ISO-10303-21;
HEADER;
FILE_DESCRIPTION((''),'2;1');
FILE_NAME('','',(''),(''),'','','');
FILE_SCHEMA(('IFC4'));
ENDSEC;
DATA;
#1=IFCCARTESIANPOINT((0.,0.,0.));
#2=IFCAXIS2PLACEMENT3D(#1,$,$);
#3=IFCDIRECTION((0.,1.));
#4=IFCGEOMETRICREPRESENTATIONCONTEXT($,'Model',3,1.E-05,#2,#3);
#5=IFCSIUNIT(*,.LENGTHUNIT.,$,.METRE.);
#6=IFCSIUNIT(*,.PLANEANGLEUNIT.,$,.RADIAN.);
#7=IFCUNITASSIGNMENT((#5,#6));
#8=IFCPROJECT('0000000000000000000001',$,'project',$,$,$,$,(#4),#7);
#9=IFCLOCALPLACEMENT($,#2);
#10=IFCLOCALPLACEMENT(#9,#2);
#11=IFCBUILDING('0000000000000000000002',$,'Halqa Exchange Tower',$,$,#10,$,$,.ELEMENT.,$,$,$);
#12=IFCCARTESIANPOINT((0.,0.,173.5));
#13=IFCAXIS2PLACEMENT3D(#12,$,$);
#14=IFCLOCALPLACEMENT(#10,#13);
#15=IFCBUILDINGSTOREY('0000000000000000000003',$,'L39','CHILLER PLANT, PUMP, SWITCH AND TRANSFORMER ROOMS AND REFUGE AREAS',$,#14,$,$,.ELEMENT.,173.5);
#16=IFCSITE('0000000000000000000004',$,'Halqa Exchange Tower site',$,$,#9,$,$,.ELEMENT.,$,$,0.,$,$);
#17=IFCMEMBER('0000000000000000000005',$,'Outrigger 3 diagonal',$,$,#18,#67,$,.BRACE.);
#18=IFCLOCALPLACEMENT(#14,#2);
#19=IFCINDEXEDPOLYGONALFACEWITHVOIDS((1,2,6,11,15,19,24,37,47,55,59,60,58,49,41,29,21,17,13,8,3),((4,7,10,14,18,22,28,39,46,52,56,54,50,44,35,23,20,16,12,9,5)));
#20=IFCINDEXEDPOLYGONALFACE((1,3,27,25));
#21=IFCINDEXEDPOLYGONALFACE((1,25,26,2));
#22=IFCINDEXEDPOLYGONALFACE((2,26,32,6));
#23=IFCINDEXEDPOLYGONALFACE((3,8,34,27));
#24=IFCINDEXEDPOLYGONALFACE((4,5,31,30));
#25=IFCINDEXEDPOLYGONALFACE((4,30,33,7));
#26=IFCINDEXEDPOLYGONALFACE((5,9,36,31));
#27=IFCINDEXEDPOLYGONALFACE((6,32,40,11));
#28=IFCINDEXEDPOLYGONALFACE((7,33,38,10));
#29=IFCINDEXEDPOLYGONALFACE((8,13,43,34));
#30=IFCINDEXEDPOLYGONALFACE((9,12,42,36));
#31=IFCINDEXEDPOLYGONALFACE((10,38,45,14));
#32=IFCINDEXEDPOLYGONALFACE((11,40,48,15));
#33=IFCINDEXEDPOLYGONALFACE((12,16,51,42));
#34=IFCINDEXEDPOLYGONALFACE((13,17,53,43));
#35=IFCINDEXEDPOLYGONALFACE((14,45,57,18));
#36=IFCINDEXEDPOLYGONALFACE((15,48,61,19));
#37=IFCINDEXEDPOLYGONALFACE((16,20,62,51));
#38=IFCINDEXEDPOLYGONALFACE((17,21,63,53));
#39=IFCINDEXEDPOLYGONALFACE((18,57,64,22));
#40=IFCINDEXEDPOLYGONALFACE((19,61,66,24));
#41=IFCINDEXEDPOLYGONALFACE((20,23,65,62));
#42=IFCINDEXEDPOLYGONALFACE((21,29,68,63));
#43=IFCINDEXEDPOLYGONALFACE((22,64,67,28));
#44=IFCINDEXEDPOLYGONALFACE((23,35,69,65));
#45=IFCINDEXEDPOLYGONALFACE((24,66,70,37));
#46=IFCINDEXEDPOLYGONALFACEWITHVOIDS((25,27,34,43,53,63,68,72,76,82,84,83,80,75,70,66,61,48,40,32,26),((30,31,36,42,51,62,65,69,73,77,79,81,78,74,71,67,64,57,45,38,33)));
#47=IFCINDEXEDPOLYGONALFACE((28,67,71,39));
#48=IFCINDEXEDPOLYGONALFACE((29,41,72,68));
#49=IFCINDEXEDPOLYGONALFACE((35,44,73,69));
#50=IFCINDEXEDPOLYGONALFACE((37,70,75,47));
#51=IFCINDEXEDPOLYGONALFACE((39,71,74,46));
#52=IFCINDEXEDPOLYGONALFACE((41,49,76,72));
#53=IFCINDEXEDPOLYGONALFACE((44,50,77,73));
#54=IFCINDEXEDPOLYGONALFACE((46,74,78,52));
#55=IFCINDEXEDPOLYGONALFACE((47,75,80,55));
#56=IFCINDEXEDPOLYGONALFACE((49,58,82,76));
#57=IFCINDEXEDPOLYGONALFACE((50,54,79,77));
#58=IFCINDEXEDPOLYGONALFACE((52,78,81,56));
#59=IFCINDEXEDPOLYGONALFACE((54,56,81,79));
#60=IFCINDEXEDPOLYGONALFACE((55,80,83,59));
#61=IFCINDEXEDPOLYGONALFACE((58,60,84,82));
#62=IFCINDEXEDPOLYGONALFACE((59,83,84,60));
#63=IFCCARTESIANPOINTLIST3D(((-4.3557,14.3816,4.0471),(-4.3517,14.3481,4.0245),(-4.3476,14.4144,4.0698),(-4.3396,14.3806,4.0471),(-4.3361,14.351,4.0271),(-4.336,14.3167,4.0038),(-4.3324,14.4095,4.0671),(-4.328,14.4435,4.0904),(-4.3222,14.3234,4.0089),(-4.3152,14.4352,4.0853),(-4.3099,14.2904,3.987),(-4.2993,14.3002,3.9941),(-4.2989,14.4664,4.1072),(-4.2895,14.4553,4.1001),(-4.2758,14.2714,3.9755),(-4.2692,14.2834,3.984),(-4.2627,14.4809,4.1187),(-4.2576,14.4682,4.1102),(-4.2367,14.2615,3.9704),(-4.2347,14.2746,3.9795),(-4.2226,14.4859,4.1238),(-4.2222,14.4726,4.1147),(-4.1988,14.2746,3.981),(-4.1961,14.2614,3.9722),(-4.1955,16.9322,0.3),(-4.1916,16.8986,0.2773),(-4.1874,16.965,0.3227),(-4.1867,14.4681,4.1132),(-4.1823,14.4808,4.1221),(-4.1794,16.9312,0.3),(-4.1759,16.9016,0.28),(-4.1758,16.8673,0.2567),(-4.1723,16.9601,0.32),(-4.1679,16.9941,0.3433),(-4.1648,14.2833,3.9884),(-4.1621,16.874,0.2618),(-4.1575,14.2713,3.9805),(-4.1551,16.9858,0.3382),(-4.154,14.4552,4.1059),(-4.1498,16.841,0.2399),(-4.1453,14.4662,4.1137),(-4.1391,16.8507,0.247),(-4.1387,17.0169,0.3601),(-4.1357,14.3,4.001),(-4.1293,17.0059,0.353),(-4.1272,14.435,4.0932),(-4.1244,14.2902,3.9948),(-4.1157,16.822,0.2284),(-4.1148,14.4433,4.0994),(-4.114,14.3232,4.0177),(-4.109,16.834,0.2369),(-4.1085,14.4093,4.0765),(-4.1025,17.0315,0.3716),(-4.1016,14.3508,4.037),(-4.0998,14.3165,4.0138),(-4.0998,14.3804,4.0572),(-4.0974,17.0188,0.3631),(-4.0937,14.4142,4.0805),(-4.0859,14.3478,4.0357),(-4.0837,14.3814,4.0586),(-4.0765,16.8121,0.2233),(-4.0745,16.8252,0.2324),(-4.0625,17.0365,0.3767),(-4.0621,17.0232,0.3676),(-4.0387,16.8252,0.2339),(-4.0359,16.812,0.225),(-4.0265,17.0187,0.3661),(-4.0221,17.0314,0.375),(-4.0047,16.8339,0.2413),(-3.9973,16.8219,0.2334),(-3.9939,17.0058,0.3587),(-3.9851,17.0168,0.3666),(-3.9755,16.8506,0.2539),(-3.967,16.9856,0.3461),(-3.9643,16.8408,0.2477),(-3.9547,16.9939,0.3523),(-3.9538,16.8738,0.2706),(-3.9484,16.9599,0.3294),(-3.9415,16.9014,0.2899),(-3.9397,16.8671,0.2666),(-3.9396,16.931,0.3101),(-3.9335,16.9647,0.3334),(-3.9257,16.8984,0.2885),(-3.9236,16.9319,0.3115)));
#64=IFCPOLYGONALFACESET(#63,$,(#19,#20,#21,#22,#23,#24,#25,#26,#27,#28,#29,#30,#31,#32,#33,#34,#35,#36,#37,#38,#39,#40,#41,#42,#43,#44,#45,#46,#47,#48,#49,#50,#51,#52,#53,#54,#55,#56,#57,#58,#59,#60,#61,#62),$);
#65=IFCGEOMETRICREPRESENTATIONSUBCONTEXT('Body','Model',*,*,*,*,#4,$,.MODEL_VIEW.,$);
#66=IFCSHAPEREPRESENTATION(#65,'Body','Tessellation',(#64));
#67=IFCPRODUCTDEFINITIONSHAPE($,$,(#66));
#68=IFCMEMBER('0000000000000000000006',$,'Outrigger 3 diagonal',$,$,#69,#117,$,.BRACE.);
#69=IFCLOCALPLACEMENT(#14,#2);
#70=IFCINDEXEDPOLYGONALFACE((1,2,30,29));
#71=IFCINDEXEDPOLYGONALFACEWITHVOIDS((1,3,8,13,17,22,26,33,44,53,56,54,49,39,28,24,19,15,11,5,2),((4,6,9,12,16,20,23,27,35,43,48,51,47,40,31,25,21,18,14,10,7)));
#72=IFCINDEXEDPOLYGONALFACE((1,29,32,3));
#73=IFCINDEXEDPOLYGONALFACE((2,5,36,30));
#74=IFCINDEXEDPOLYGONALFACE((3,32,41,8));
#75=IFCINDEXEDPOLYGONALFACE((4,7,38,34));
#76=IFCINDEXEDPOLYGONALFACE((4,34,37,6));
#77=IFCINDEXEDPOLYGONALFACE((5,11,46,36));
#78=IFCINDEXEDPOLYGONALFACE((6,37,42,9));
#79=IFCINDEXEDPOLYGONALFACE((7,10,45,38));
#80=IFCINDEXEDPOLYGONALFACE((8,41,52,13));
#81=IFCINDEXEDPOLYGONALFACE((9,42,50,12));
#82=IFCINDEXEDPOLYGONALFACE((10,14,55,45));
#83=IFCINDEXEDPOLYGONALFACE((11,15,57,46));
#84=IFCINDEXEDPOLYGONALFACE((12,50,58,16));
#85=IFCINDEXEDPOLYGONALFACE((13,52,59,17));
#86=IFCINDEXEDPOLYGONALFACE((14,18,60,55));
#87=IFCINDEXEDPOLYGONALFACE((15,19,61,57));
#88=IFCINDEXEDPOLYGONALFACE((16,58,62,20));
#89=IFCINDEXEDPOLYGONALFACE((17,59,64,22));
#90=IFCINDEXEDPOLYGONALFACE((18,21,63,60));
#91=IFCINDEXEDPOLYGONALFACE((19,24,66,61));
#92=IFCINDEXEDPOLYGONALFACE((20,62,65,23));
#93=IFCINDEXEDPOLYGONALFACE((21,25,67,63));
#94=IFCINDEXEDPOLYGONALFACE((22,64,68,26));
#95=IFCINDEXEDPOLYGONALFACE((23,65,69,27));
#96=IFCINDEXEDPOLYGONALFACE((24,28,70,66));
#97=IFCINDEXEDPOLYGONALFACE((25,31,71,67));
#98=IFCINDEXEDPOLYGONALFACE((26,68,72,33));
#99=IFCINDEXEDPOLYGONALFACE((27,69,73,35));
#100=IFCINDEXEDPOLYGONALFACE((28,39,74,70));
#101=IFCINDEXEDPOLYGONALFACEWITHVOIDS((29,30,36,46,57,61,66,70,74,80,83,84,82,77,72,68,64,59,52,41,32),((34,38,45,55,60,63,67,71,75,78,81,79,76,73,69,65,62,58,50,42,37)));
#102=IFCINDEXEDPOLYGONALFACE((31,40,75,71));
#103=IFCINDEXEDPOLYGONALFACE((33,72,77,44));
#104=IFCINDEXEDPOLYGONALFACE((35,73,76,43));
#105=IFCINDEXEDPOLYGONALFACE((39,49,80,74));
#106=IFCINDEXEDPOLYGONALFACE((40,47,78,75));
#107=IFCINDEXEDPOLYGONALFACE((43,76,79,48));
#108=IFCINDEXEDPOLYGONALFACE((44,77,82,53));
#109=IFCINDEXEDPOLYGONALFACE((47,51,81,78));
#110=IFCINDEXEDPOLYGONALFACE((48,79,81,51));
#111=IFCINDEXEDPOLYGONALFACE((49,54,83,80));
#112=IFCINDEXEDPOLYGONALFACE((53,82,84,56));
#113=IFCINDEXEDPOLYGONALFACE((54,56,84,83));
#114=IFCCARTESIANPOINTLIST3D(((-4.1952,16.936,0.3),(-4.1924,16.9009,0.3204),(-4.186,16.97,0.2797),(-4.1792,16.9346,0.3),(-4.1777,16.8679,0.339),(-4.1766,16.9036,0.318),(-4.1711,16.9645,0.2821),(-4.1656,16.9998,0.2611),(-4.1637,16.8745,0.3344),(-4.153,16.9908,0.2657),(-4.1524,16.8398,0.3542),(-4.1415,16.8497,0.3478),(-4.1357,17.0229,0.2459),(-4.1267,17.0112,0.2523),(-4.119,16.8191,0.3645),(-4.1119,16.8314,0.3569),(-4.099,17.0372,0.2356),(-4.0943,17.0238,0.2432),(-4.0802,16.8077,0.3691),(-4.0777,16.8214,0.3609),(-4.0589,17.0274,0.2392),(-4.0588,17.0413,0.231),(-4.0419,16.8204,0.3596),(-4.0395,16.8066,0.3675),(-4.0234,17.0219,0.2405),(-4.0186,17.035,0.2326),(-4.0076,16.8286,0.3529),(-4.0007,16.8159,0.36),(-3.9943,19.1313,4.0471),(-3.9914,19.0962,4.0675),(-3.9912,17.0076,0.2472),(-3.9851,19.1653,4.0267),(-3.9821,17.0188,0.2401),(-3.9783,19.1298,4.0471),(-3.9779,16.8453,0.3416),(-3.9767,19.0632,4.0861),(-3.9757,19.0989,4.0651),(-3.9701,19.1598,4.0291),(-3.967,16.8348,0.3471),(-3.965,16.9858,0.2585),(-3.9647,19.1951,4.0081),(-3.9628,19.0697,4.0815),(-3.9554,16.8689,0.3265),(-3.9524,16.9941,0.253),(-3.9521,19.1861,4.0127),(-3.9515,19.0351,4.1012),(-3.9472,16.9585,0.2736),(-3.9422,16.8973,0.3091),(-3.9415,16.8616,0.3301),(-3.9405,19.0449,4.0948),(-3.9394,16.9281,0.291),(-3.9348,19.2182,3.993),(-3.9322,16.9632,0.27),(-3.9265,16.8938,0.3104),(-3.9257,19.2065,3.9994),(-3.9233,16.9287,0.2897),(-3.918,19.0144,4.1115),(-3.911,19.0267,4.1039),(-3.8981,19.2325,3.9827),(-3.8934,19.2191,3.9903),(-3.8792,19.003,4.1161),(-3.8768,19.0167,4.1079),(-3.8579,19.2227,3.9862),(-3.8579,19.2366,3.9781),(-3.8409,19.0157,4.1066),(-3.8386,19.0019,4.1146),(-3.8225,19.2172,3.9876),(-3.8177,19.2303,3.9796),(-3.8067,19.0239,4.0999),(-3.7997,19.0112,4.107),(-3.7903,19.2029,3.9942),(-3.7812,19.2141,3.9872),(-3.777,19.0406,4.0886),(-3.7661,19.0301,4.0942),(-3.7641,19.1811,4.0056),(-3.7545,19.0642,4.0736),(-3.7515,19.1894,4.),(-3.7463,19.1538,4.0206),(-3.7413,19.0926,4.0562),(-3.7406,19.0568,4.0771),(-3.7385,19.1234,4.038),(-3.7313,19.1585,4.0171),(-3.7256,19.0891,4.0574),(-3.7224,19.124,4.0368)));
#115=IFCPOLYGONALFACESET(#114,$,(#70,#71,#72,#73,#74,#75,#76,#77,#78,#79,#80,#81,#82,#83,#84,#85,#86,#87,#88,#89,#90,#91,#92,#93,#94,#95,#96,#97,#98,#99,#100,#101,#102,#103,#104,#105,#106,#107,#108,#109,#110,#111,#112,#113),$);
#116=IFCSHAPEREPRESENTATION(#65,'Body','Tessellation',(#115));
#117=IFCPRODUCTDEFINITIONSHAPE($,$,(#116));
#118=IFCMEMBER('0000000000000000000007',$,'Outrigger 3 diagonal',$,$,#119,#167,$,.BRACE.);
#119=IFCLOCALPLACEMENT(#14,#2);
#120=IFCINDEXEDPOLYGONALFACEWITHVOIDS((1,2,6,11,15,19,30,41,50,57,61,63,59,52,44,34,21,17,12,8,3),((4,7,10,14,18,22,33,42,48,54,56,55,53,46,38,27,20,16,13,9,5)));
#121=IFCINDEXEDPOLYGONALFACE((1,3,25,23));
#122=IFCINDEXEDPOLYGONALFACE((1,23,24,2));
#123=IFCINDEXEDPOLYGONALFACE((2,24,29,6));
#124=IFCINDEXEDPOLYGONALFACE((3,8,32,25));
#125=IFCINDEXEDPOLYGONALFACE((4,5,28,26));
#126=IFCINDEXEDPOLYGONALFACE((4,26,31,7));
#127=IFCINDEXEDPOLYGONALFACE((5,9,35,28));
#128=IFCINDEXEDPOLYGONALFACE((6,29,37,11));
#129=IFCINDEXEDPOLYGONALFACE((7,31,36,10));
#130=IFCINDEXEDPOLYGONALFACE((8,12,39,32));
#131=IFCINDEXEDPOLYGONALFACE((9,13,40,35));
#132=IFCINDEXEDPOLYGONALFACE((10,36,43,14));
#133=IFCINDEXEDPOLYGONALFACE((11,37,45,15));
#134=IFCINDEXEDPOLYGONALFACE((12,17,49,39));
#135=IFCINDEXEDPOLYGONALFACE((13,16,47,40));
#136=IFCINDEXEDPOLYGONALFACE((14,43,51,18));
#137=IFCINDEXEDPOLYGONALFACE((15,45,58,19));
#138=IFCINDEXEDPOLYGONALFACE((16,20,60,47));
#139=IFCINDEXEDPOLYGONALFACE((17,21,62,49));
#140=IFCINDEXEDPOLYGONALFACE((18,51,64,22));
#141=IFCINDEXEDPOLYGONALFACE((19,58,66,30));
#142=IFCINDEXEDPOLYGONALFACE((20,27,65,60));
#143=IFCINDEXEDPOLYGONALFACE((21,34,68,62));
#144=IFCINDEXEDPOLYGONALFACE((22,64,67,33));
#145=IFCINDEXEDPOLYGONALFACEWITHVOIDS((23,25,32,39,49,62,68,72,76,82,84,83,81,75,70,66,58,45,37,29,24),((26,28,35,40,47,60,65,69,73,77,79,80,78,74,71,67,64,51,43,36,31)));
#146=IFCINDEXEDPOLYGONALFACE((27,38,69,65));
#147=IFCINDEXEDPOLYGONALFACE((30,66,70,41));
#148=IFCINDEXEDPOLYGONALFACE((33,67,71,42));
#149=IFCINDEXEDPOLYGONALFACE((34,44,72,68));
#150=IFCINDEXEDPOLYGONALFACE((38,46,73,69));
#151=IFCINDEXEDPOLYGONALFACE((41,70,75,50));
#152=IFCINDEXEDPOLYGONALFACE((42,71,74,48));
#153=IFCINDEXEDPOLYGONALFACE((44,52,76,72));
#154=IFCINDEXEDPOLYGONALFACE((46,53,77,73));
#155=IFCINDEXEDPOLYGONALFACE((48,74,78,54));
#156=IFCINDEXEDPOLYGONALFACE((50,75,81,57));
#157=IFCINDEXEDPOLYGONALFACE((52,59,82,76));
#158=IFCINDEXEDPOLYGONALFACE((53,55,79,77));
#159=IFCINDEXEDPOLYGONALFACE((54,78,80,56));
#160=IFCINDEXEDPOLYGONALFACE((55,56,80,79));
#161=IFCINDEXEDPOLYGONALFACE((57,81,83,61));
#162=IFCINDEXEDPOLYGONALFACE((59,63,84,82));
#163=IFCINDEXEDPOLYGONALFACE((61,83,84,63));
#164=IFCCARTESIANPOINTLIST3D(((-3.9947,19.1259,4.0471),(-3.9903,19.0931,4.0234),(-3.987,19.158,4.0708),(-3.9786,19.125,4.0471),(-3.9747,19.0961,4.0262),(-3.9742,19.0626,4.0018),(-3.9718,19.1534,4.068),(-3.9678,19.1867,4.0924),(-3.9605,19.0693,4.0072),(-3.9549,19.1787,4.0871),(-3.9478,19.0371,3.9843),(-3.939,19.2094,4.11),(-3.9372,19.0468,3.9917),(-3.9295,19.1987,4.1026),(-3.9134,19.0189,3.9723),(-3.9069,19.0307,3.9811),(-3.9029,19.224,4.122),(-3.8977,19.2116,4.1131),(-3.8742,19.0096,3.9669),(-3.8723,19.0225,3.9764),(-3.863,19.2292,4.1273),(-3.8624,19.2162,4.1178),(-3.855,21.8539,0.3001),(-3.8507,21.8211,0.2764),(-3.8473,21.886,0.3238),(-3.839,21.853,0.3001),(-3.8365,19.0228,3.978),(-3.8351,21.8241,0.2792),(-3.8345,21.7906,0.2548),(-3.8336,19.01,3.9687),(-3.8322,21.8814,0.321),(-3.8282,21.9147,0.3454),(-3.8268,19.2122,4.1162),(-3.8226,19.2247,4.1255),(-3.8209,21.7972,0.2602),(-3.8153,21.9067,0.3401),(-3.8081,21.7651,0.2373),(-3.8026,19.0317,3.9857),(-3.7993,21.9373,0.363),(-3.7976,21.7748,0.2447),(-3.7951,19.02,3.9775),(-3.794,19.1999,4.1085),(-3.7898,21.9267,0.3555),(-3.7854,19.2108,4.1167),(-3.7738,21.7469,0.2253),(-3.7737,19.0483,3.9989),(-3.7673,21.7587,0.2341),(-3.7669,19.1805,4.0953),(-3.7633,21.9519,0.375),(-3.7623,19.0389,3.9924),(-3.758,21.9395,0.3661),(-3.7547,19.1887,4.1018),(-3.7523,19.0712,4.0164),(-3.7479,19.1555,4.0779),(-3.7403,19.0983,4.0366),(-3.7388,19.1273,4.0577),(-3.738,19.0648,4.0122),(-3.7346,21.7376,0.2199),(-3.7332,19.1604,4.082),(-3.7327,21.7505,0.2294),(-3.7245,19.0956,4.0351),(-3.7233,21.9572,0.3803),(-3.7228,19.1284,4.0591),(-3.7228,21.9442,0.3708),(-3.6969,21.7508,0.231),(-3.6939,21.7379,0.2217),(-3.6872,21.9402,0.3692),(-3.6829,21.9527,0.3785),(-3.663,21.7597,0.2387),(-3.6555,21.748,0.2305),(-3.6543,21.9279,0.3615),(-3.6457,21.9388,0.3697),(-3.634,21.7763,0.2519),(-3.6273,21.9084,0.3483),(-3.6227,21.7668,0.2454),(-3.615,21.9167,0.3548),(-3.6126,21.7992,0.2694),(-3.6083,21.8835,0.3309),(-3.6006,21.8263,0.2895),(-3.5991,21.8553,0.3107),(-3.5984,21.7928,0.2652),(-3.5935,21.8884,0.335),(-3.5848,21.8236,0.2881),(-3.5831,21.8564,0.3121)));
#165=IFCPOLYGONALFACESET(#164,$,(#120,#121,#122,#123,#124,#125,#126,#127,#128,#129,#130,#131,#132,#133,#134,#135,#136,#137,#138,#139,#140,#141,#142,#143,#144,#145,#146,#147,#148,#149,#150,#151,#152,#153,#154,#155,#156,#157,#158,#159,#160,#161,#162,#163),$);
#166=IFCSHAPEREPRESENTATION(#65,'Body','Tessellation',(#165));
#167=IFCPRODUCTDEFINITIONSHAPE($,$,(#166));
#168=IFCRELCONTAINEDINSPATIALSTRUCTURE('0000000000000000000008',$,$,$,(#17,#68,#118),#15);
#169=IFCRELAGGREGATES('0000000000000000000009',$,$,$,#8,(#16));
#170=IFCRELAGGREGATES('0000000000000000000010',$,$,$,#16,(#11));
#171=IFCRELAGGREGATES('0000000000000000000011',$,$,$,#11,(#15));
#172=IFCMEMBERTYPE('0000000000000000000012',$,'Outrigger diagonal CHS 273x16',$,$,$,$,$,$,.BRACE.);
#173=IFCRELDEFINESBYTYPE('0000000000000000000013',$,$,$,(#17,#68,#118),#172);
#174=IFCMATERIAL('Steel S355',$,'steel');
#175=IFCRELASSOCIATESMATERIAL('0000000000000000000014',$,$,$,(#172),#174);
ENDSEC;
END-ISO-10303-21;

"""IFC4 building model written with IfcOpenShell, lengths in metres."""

from ifc_helpers import new_model, si_unit, direction, frame, origin, origin_2d, place, context, subcontext, project, spatial, hollow_circle, extrude, material, material_profile, profile_set, type_object, element, save


model = new_model("IFC4")

# Units and contexts
model_context = context("Model", 3, precision=1e-05, world=origin(), true_north=direction((0.0, 1.0)))
body_context = subcontext(model_context, "Body", "Model", "MODEL_VIEW")
ifc_project = project(units=[si_unit("LENGTHUNIT", "METRE"), si_unit("PLANEANGLEUNIT", "RADIAN")], contexts=[model_context])

# Site, building, storey
site_placement = place(None, origin())
site = spatial("IfcSite", under=ifc_project, at=site_placement, Name="Halqa Exchange Tower site", CompositionType="ELEMENT", RefElevation=0.0)
building_placement = place(site_placement, origin())
building = spatial("IfcBuilding", under=site, at=building_placement, Name="Halqa Exchange Tower", CompositionType="ELEMENT")
storey_placement = place(building_placement, frame((0.0, 0.0, 173.5)))
storey = spatial("IfcBuildingStorey", under=building, at=storey_placement, Name="L39", Description="CHILLER PLANT, PUMP, SWITCH AND TRANSFORMER ROOMS AND REFUGE AREAS", CompositionType="ELEMENT", Elevation=173.5)

# Members
ifc_material_1 = material(Name="Steel S355", Category="steel")
ifc_material_profile_1 = material_profile(ifc_material_1, hollow_circle(Radius=0.1365, WallThickness=0.0161, at=origin_2d()), Name="CHS 273x16")
ifc_profile_set_1 = profile_set([ifc_material_profile_1], Name="Steel S355")
member_type_1 = type_object("IfcMemberType", Name="Outrigger diagonal CHS 273x16", PredefinedType="BRACE", material=ifc_profile_set_1)
member_1_placement = place(storey_placement, frame((-4.2195, 14.373, 4.0471), z_axis=(0.035311, 0.562341, -0.826151), x_axis=(-0.998034, 0.06267, 0.0)))
element("IfcMember", 1, at=member_1_placement, inside=storey, type_object=member_type_1, Name="Outrigger 3 diagonal", PredefinedType="BRACE", context=body_context, shape_type="SweptSolid", body=[
    extrude(hollow_circle(Radius=0.1365, WallThickness=0.0161, at=origin_2d()), origin(), (0.0, 0.0, 1.0), 4.5356),
])
member_2_placement = place(storey_placement, frame((-4.0593, 16.9236, 0.3), z_axis=(0.046217, 0.504966, 0.861901), x_axis=(-0.995838, 0.091145, 0.0)))
element("IfcMember", 2, at=member_2_placement, inside=storey, type_object=member_type_1, Name="Outrigger 3 diagonal", PredefinedType="BRACE", context=body_context, shape_type="SweptSolid", body=[
    extrude(hollow_circle(Radius=0.1365, WallThickness=0.0161, at=origin_2d()), origin(), (0.0, 0.0, 1.0), 4.3474),
])
member_3_placement = place(storey_placement, frame((-3.8584, 19.1189, 4.0471), z_axis=(0.030116, 0.588312, -0.808073), x_axis=(-0.998692, 0.051123, 0.0)))
element("IfcMember", 3, at=member_3_placement, inside=storey, type_object=member_type_1, Name="Outrigger 3 diagonal", PredefinedType="BRACE", context=body_context, shape_type="SweptSolid", body=[
    extrude(hollow_circle(Radius=0.1365, WallThickness=0.0161, at=origin_2d()), origin(), (0.0, 0.0, 1.0), 4.637),
])

save(model, "model.ifc")
